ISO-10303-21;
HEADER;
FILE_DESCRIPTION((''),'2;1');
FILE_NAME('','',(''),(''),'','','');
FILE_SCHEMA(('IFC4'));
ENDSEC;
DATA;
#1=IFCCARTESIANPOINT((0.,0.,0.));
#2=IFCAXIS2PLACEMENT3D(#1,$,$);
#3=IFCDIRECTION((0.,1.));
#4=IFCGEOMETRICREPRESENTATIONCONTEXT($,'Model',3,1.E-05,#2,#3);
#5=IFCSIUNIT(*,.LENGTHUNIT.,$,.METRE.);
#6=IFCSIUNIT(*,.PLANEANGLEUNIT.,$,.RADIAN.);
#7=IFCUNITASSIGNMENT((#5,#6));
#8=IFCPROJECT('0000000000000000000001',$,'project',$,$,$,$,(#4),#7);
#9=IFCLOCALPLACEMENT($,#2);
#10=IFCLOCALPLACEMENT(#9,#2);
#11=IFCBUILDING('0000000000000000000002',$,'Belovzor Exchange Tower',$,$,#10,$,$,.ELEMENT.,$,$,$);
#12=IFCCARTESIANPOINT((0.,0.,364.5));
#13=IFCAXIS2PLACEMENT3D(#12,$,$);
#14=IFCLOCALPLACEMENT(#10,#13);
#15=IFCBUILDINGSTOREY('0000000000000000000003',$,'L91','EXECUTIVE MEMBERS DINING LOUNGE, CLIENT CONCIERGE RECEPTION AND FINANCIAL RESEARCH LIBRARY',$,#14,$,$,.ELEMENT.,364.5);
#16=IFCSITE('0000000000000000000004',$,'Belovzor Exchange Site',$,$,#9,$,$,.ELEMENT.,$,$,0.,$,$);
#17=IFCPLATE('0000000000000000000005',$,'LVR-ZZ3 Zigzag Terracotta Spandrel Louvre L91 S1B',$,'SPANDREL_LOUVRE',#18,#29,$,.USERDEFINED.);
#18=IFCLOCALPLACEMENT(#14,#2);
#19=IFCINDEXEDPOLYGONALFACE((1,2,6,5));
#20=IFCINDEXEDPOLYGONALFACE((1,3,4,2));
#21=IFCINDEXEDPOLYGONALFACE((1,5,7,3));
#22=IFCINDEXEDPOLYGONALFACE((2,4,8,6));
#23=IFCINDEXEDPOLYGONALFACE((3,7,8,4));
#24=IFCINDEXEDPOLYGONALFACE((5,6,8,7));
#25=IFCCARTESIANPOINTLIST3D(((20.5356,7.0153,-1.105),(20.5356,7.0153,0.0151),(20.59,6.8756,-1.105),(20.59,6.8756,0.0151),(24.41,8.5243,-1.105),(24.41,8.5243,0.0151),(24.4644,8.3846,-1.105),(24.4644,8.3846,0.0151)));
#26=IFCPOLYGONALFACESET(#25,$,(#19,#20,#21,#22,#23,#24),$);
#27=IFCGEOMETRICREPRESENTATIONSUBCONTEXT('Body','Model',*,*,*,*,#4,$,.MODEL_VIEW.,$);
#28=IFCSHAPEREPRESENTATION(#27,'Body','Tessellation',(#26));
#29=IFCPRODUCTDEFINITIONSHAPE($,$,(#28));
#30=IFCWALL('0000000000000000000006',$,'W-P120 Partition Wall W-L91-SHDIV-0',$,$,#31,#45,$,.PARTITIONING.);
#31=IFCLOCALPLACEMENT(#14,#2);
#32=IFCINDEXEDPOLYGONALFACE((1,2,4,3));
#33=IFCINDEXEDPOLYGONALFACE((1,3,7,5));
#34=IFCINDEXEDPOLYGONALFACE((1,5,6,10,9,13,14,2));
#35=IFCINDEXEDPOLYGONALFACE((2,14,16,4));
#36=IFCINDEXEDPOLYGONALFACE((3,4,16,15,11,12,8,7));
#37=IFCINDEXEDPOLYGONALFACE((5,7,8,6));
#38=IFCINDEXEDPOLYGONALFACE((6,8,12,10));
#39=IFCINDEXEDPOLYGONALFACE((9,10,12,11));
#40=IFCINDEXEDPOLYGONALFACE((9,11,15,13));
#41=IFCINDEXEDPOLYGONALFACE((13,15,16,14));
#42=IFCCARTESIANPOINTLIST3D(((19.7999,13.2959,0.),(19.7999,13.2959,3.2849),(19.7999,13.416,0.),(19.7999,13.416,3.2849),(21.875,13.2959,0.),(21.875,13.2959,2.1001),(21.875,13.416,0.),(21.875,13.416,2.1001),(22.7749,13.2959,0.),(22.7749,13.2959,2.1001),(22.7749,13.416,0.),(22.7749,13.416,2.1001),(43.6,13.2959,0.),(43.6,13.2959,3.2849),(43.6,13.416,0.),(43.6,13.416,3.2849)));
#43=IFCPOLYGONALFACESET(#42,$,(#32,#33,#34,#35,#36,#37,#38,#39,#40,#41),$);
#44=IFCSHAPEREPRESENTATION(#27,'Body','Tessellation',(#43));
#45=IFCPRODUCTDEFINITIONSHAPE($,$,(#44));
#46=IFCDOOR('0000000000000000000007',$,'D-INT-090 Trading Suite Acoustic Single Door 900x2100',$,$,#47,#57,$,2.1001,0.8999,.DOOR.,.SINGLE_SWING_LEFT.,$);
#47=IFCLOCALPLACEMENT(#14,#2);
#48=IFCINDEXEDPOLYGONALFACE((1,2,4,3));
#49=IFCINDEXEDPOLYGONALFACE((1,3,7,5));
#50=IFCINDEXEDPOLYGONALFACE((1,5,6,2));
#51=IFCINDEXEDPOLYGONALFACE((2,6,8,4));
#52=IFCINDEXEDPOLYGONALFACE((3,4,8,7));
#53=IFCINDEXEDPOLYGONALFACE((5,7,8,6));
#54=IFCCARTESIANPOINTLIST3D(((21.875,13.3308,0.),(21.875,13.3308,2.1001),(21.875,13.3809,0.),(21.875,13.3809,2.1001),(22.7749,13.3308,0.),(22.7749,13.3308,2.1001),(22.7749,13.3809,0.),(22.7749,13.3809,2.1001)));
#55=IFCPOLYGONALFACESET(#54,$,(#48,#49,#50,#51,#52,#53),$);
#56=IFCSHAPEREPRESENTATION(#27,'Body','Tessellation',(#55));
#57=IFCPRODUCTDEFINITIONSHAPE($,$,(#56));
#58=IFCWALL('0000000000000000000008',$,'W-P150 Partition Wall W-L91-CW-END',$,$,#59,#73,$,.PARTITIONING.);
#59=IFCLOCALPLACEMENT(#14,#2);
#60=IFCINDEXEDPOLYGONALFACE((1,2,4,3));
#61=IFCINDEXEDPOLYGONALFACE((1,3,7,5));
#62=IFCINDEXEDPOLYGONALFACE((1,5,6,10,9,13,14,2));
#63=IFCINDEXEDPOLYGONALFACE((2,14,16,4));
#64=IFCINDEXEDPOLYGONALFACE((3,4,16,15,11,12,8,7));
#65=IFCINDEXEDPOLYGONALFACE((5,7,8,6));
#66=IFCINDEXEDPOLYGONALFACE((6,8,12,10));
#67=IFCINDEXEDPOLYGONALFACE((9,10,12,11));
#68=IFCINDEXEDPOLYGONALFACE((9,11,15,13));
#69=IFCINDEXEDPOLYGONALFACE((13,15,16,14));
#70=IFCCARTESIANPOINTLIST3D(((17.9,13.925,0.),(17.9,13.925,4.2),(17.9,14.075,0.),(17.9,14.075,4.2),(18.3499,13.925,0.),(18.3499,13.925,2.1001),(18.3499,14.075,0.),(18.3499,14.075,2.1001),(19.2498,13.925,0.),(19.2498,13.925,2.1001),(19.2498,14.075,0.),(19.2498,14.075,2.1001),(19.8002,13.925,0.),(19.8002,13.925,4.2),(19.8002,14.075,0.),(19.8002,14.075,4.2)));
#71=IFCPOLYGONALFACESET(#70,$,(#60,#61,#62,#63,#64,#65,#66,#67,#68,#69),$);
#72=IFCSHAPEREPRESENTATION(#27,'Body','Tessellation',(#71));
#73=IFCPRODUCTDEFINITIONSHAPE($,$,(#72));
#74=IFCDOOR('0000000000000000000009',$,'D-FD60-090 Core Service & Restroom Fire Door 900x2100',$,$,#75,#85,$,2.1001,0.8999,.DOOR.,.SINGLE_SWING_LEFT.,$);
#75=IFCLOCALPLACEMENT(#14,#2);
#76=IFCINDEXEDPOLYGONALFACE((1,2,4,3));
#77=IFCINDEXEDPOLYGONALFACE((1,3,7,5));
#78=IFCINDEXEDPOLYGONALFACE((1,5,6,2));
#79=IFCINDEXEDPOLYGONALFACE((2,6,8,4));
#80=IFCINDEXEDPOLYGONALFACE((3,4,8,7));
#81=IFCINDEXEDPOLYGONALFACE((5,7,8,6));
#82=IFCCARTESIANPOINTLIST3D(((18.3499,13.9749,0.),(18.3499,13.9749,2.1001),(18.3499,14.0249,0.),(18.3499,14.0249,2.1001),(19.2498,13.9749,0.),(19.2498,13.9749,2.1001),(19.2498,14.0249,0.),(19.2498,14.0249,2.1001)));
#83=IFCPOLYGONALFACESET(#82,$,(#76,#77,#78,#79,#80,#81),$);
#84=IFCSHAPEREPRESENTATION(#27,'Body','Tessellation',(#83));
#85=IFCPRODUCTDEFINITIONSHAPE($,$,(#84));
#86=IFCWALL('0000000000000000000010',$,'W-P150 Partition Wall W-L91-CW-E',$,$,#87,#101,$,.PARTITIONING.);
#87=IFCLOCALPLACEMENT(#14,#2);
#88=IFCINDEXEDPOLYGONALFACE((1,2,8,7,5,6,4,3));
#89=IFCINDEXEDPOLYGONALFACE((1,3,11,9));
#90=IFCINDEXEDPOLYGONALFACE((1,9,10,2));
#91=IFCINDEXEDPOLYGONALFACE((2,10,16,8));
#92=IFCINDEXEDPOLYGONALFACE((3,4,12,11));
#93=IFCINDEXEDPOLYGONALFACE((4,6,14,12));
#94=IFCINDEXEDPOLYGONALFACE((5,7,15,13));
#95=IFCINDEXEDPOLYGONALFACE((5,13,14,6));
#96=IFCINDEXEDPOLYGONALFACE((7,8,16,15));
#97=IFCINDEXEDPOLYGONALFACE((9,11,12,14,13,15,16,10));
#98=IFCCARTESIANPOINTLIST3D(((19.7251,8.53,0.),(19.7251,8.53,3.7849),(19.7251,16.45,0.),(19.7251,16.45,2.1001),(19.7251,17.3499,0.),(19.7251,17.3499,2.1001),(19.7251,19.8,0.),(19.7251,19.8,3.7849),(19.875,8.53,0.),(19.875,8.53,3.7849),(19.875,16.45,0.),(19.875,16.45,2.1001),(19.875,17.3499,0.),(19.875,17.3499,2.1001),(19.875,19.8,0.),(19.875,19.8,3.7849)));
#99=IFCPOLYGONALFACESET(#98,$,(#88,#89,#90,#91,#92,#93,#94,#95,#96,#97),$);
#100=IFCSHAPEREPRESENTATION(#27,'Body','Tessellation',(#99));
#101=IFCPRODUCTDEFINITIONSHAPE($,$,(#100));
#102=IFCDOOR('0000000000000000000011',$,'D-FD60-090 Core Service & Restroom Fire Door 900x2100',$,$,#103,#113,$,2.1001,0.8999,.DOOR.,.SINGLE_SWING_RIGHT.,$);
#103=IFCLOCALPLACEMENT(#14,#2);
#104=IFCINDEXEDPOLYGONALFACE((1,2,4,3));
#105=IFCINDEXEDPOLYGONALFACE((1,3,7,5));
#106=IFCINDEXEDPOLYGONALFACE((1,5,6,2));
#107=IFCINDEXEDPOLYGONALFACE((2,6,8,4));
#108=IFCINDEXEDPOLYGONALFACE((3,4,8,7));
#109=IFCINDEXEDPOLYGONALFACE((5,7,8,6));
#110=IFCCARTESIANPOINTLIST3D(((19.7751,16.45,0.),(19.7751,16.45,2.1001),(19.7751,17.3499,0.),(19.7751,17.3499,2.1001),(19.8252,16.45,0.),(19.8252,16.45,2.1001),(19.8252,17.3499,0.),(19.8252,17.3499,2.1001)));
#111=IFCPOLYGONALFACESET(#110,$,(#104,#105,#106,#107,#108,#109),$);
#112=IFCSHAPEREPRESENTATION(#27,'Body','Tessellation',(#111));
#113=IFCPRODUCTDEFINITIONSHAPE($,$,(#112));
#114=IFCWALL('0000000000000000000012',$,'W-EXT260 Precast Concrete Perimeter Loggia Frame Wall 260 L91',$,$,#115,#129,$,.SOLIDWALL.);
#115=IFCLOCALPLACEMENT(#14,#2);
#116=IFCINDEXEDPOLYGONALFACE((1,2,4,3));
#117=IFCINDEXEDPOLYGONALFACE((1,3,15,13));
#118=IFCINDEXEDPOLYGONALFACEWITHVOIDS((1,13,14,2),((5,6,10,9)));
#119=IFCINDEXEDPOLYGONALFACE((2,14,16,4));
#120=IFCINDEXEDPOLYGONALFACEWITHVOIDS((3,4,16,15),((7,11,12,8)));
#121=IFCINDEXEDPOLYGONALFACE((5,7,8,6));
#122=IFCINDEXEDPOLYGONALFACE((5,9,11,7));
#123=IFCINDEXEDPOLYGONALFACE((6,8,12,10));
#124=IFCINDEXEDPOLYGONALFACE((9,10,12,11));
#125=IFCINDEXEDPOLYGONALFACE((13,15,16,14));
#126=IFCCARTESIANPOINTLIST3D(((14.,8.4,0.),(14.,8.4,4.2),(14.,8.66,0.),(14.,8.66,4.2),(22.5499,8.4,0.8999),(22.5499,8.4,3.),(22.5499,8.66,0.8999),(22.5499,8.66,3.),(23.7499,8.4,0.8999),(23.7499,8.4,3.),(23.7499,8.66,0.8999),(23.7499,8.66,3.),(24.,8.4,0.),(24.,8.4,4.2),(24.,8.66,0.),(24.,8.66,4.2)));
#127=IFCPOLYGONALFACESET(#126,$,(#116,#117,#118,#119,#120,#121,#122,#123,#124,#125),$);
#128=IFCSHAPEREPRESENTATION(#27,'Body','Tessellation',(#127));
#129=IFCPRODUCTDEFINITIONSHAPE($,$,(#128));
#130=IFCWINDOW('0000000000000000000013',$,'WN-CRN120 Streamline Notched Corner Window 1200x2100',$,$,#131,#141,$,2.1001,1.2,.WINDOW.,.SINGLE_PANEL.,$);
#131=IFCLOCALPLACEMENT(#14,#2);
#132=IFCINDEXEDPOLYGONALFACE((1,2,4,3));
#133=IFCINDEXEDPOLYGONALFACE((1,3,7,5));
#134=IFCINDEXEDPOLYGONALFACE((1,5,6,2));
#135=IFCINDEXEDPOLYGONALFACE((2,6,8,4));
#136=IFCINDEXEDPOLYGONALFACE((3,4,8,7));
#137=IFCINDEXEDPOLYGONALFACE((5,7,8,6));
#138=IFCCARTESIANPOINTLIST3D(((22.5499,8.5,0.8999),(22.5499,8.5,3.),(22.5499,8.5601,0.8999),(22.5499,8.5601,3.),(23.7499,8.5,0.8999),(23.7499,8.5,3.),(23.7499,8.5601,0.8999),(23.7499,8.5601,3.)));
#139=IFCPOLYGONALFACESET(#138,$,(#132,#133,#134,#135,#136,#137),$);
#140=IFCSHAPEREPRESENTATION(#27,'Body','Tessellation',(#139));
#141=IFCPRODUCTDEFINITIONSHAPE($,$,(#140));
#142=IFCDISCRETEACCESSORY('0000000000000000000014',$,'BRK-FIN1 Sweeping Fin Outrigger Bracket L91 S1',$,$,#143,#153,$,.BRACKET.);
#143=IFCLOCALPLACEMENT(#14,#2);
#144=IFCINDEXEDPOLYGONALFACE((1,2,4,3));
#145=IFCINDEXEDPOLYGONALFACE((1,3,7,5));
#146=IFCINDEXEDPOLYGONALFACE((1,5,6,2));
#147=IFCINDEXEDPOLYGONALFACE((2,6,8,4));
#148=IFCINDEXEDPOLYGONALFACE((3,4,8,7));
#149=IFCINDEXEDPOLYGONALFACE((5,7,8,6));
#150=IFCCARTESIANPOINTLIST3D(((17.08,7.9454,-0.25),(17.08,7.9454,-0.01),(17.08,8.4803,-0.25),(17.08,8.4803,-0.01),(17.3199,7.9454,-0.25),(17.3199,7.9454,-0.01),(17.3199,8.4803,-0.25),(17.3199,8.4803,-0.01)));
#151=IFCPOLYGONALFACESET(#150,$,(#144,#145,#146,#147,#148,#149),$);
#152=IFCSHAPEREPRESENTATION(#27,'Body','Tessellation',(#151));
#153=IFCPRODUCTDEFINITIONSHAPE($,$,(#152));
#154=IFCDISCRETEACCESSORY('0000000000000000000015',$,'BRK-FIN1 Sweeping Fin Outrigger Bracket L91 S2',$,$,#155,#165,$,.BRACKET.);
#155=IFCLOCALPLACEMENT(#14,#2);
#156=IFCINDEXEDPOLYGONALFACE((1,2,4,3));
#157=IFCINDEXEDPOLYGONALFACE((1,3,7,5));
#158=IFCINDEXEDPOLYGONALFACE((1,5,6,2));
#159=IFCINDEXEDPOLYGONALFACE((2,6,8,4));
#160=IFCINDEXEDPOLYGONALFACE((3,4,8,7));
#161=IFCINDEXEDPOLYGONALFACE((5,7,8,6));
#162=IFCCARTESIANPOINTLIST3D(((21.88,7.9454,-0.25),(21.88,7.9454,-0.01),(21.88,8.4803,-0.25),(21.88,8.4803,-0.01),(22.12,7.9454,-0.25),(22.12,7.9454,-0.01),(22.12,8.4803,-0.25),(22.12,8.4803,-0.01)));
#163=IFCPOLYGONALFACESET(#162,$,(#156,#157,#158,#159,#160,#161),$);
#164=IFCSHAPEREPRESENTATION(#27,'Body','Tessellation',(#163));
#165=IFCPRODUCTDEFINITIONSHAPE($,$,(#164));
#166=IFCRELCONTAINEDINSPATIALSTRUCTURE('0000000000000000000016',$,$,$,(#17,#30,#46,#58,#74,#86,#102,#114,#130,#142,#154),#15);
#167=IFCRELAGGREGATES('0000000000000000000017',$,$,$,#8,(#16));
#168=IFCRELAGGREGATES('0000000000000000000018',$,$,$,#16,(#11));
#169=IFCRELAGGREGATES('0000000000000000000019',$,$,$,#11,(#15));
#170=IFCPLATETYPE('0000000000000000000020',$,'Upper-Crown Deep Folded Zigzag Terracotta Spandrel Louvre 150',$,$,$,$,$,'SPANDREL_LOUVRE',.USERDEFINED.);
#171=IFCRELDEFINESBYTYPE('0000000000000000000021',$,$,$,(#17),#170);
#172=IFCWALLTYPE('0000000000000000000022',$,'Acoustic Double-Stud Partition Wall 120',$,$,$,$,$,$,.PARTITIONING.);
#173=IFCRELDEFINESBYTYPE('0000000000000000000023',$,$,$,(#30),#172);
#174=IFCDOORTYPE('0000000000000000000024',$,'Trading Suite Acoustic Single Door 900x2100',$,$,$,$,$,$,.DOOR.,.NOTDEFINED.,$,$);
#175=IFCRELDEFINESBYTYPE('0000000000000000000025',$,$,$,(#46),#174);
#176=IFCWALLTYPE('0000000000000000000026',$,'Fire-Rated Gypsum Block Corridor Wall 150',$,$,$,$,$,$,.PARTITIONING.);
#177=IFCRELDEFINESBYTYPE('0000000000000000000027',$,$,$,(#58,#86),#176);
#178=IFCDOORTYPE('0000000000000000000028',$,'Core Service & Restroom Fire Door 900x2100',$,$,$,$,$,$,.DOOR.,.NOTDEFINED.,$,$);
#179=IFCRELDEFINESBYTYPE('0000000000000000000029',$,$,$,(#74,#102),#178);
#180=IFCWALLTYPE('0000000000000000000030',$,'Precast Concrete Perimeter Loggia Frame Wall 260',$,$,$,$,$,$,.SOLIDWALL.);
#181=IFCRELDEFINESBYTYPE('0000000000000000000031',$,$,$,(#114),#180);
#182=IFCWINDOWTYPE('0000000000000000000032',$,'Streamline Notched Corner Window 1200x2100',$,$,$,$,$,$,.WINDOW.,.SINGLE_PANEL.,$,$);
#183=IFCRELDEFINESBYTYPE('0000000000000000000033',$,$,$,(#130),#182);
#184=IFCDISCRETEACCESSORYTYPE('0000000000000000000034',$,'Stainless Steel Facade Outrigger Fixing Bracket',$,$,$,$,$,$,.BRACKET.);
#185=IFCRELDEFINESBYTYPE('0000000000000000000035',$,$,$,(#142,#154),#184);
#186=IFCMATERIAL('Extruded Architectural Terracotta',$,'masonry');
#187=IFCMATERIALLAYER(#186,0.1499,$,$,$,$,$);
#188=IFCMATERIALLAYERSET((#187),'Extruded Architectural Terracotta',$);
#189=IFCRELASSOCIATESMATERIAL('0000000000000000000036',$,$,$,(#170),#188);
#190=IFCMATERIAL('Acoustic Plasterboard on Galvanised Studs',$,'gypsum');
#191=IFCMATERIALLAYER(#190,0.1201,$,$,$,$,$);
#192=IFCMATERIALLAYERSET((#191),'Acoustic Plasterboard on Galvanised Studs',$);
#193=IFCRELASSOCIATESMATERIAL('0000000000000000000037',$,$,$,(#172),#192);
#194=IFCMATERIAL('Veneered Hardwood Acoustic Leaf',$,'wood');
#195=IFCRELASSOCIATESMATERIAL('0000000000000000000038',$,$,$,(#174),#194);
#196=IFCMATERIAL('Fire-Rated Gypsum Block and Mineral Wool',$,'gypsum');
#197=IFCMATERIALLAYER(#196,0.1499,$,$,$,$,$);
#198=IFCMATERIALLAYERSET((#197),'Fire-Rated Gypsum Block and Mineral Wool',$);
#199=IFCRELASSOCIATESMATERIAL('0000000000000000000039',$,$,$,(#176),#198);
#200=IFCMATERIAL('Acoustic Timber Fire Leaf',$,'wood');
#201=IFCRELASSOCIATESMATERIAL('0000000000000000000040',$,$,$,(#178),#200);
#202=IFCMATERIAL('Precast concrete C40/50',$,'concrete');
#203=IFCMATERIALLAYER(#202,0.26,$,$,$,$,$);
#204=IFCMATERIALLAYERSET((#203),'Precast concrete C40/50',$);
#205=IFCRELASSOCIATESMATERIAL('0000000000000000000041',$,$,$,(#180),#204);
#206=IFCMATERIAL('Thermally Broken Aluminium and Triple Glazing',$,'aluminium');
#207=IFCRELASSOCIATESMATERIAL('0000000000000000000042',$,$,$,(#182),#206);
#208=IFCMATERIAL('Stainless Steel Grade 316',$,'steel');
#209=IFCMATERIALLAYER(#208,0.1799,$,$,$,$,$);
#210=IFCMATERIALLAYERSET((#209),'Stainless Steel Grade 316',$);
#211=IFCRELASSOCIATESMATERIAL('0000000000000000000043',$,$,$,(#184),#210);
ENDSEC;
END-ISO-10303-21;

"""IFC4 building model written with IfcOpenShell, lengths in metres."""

from ifc_helpers import new_model, si_unit, direction, frame, frame_2d, origin, origin_2d, place, context, subcontext, project, spatial, rectangle, extrude, material, layer, layer_set, type_object, element, fill, save


model = new_model("IFC4")

# Units and contexts
model_context = context("Model", 3, precision=1e-05, world=origin(), true_north=direction((0.0, 1.0)))
body_context = subcontext(model_context, "Body", "Model", "MODEL_VIEW")
ifc_project = project(units=[si_unit("LENGTHUNIT", "METRE"), si_unit("PLANEANGLEUNIT", "RADIAN")], contexts=[model_context])

# Site, building, storey
site_placement = place(None, origin())
site = spatial("IfcSite", under=ifc_project, at=site_placement, Name="Belovzor Exchange Site", CompositionType="ELEMENT", RefElevation=0.0)
building_placement = place(site_placement, origin())
building = spatial("IfcBuilding", under=site, at=building_placement, Name="Belovzor Exchange Tower", CompositionType="ELEMENT")
storey_placement = place(building_placement, frame((0.0, 0.0, 364.5)))
storey = spatial("IfcBuildingStorey", under=building, at=storey_placement, Name="L91", Description="EXECUTIVE MEMBERS DINING LOUNGE, CLIENT CONCIERGE RECEPTION AND FINANCIAL RESEARCH LIBRARY", CompositionType="ELEMENT", Elevation=364.5)

# Plate
ifc_material_1 = material(Name="Extruded Architectural Terracotta", Category="masonry")
ifc_layer_1 = layer(ifc_material_1, 0.1499)
ifc_layer_set_1 = layer_set([ifc_layer_1], Name="Extruded Architectural Terracotta")
plate_type_1 = type_object("IfcPlateType", Name="Upper-Crown Deep Folded Zigzag Terracotta Spandrel Louvre 150", ElementType="SPANDREL_LOUVRE", PredefinedType="USERDEFINED", material=ifc_layer_set_1)
for number, where, z_axis, x_axis, name in (
    (1, (22.5, 7.7, -1.105), (0.0, 0.0, 1.0), (0.931818, 0.362926, 0.0), "LVR-ZZ3 Zigzag Terracotta Spandrel Louvre L91 S1B"),
):
    element("IfcPlate", number, at=place(storey_placement, frame(where, z_axis=z_axis, x_axis=x_axis)), inside=storey, type_object=plate_type_1, Name=name, ObjectType="SPANDREL_LOUVRE", PredefinedType="USERDEFINED", context=body_context, shape_type="SweptSolid", body=[
        extrude(rectangle(XDim=4.158, YDim=0.1499, at=origin_2d()), origin(), (0.0, 0.0, 1.0), 1.1201),
    ])

# Walls, openings, doors
ifc_material_2 = material(Name="Acoustic Plasterboard on Galvanised Studs", Category="gypsum")
ifc_layer_2 = layer(ifc_material_2, 0.1201)
ifc_layer_set_2 = layer_set([ifc_layer_2], Name="Acoustic Plasterboard on Galvanised Studs")
wall_type_1 = type_object("IfcWallType", Name="Acoustic Double-Stud Partition Wall 120", PredefinedType="PARTITIONING", material=ifc_layer_set_2)
wall_1_placement = place(storey_placement, frame((19.8, 13.356, 0.0), z_axis=(0.0, 0.0, 1.0), x_axis=(1.0, 0.0, 0.0)))
wall_1 = element("IfcWall", 2, at=wall_1_placement, inside=storey, type_object=wall_type_1, Name="W-P120 Partition Wall W-L91-SHDIV-0", PredefinedType="PARTITIONING", context=body_context, shape_type="SweptSolid", body=[
    extrude(rectangle(XDim=23.8, YDim=0.1201, at=frame_2d((11.8999, 0.0))), origin(), (0.0, 0.0, 1.0), 3.2849),
])
opening_1_placement = place(wall_1_placement, frame((2.075, 0.0, 0.0)))
opening_1 = element("IfcOpeningElement", 3, at=opening_1_placement, cuts=wall_1, PredefinedType="OPENING", context=body_context, shape_type="SweptSolid", body=[
    extrude(rectangle(XDim=0.8999, YDim=2.1001, at=frame_2d((0.45, 1.05))), frame((0.0, 0.0701, 0.0), z_axis=(0.0, -1.0, 0.0), x_axis=(1.0, 0.0, 0.0)), (0.0, 0.0, 1.0), 0.1401),
])
ifc_material_3 = material(Name="Veneered Hardwood Acoustic Leaf", Category="wood")
door_type_1 = type_object("IfcDoorType", Name="Trading Suite Acoustic Single Door 900x2100", OperationType="NOTDEFINED", PredefinedType="DOOR", material=ifc_material_3)
door_1_placement = place(opening_1_placement, origin())
door_1 = element("IfcDoor", 4, at=door_1_placement, inside=storey, type_object=door_type_1, Name="D-INT-090 Trading Suite Acoustic Single Door 900x2100", OperationType="SINGLE_SWING_LEFT", OverallHeight=2.1001, OverallWidth=0.8999, PredefinedType="DOOR", context=body_context, shape_type="SweptSolid", body=[
    extrude(rectangle(XDim=0.8999, YDim=2.1001, at=frame_2d((0.45, 1.05))), frame((0.0, 0.0249, 0.0), z_axis=(0.0, -1.0, 0.0), x_axis=(1.0, 0.0, 0.0)), (0.0, 0.0, 1.0), 0.05),
])
fill(opening_1, door_1)
ifc_material_4 = material(Name="Fire-Rated Gypsum Block and Mineral Wool", Category="gypsum")
ifc_layer_3 = layer(ifc_material_4, 0.1499)
ifc_layer_set_3 = layer_set([ifc_layer_3], Name="Fire-Rated Gypsum Block and Mineral Wool")
wall_type_2 = type_object("IfcWallType", Name="Fire-Rated Gypsum Block Corridor Wall 150", PredefinedType="PARTITIONING", material=ifc_layer_set_3)
wall_2_placement = place(storey_placement, frame((17.8999, 14.0, 0.0), z_axis=(0.0, 0.0, 1.0), x_axis=(1.0, 0.0, 0.0)))
wall_2 = element("IfcWall", 5, at=wall_2_placement, inside=storey, type_object=wall_type_2, Name="W-P150 Partition Wall W-L91-CW-END", PredefinedType="PARTITIONING", context=body_context, shape_type="SweptSolid", body=[
    extrude(rectangle(XDim=1.9001, YDim=0.1499, at=frame_2d((0.9502, 0.0))), origin(), (0.0, 0.0, 1.0), 4.2),
])
opening_2_placement = place(wall_2_placement, frame((0.45, 0.0, 0.0)))
opening_2 = element("IfcOpeningElement", 6, at=opening_2_placement, cuts=wall_2, PredefinedType="OPENING", context=body_context, shape_type="SweptSolid", body=[
    extrude(rectangle(XDim=0.8999, YDim=2.1001, at=frame_2d((0.45, 1.05))), frame((0.0, 0.085, 0.0), z_axis=(0.0, -1.0, 0.0), x_axis=(1.0, 0.0, 0.0)), (0.0, 0.0, 1.0), 0.1699),
])
ifc_material_5 = material(Name="Acoustic Timber Fire Leaf", Category="wood")
door_type_2 = type_object("IfcDoorType", Name="Core Service & Restroom Fire Door 900x2100", OperationType="NOTDEFINED", PredefinedType="DOOR", material=ifc_material_5)
door_2_placement = place(opening_2_placement, origin())
door_2 = element("IfcDoor", 7, at=door_2_placement, inside=storey, type_object=door_type_2, Name="D-FD60-090 Core Service & Restroom Fire Door 900x2100", OperationType="SINGLE_SWING_LEFT", OverallHeight=2.1001, OverallWidth=0.8999, PredefinedType="DOOR", context=body_context, shape_type="SweptSolid", body=[
    extrude(rectangle(XDim=0.8999, YDim=2.1001, at=frame_2d((0.45, 1.05))), frame((0.0, 0.0249, 0.0), z_axis=(0.0, -1.0, 0.0), x_axis=(1.0, 0.0, 0.0)), (0.0, 0.0, 1.0), 0.05),
])
fill(opening_2, door_2)
wall_3_placement = place(storey_placement, frame((19.8, 8.53, 0.0), z_axis=(0.0, 0.0, 1.0), x_axis=(0.0, 1.0, 0.0)))
wall_3 = element("IfcWall", 8, at=wall_3_placement, inside=storey, type_object=wall_type_2, Name="W-P150 Partition Wall W-L91-CW-E", PredefinedType="PARTITIONING", context=body_context, shape_type="SweptSolid", body=[
    extrude(rectangle(XDim=11.27, YDim=0.1499, at=frame_2d((5.635, 0.0))), origin(), (0.0, 0.0, 1.0), 3.7849),
])
opening_3_placement = place(wall_3_placement, frame((7.9199, 0.0, 0.0)))
opening_3 = element("IfcOpeningElement", 9, at=opening_3_placement, cuts=wall_3, PredefinedType="OPENING", context=body_context, shape_type="SweptSolid", body=[
    extrude(rectangle(XDim=0.8999, YDim=2.1001, at=frame_2d((0.45, 1.05))), frame((0.0, 0.085, 0.0), z_axis=(0.0, -1.0, 0.0), x_axis=(1.0, 0.0, 0.0)), (0.0, 0.0, 1.0), 0.1699),
])
door_3_placement = place(opening_3_placement, origin())
door_3 = element("IfcDoor", 10, at=door_3_placement, inside=storey, type_object=door_type_2, Name="D-FD60-090 Core Service & Restroom Fire Door 900x2100", OperationType="SINGLE_SWING_RIGHT", OverallHeight=2.1001, OverallWidth=0.8999, PredefinedType="DOOR", context=body_context, shape_type="SweptSolid", body=[
    extrude(rectangle(XDim=0.8999, YDim=2.1001, at=frame_2d((0.45, 1.05))), frame((0.0, 0.0249, 0.0), z_axis=(0.0, -1.0, 0.0), x_axis=(1.0, 0.0, 0.0)), (0.0, 0.0, 1.0), 0.05),
])
fill(opening_3, door_3)

# Wall, opening, window
ifc_material_6 = material(Name="Precast concrete C40/50", Category="concrete")
ifc_layer_4 = layer(ifc_material_6, 0.26)
ifc_layer_set_4 = layer_set([ifc_layer_4], Name="Precast concrete C40/50")
wall_type_3 = type_object("IfcWallType", Name="Precast Concrete Perimeter Loggia Frame Wall 260", PredefinedType="SOLIDWALL", material=ifc_layer_set_4)
wall_4_placement = place(storey_placement, frame((24.0, 8.53, 0.0), z_axis=(0.0, 0.0, 1.0), x_axis=(-1.0, 0.0, 0.0)))
wall_4 = element("IfcWall", 11, at=wall_4_placement, inside=storey, type_object=wall_type_3, Name="W-EXT260 Precast Concrete Perimeter Loggia Frame Wall 260 L91", PredefinedType="SOLIDWALL", context=body_context, shape_type="SweptSolid", body=[
    extrude(rectangle(XDim=10.0, YDim=0.26, at=frame_2d((5.0, 0.0))), origin(), (0.0, 0.0, 1.0), 4.2),
])
opening_4_placement = place(wall_4_placement, frame((0.25, 0.0, 0.8999)))
opening_4 = element("IfcOpeningElement", 12, at=opening_4_placement, cuts=wall_4, PredefinedType="OPENING", context=body_context, shape_type="SweptSolid", body=[
    extrude(rectangle(XDim=1.2, YDim=2.1001, at=frame_2d((0.6001, 1.05))), frame((0.0, 0.1399, 0.0), z_axis=(0.0, -1.0, 0.0), x_axis=(1.0, 0.0, 0.0)), (0.0, 0.0, 1.0), 0.28),
])
ifc_material_7 = material(Name="Thermally Broken Aluminium and Triple Glazing", Category="aluminium")
window_type = type_object("IfcWindowType", Name="Streamline Notched Corner Window 1200x2100", PartitioningType="SINGLE_PANEL", PredefinedType="WINDOW", material=ifc_material_7)
window_placement = place(opening_4_placement, origin())
window = element("IfcWindow", 13, at=window_placement, inside=storey, type_object=window_type, Name="WN-CRN120 Streamline Notched Corner Window 1200x2100", OverallHeight=2.1001, OverallWidth=1.2, PartitioningType="SINGLE_PANEL", PredefinedType="WINDOW", context=body_context, shape_type="SweptSolid", body=[
    extrude(rectangle(XDim=1.2, YDim=2.1001, at=frame_2d((0.6001, 1.05))), frame((0.0, 0.03, 0.0), z_axis=(0.0, -1.0, 0.0), x_axis=(1.0, 0.0, 0.0)), (0.0, 0.0, 1.0), 0.0601),
])
fill(opening_4, window)

# Discrete accessories
ifc_material_8 = material(Name="Stainless Steel Grade 316", Category="steel")
ifc_layer_5 = layer(ifc_material_8, 0.1799)
ifc_layer_set_5 = layer_set([ifc_layer_5], Name="Stainless Steel Grade 316")
discrete_accessory_type = type_object("IfcDiscreteAccessoryType", Name="Stainless Steel Facade Outrigger Fixing Bracket", PredefinedType="BRACKET", material=ifc_layer_set_5)
for number, where, z_axis, x_axis, name in (
    (14, (17.2, 8.2129, -0.25), (0.0, 0.0, 1.0), (0.0, 1.0, 0.0), "BRK-FIN1 Sweeping Fin Outrigger Bracket L91 S1"),
    (15, (22.0, 8.2129, -0.25), (0.0, 0.0, 1.0), (0.0, 1.0, 0.0), "BRK-FIN1 Sweeping Fin Outrigger Bracket L91 S2"),
):
    element("IfcDiscreteAccessory", number, at=place(storey_placement, frame(where, z_axis=z_axis, x_axis=x_axis)), inside=storey, type_object=discrete_accessory_type, Name=name, PredefinedType="BRACKET", context=body_context, shape_type="SweptSolid", body=[
        extrude(rectangle(XDim=0.5349, YDim=0.24, at=origin_2d()), origin(), (0.0, 0.0, 1.0), 0.24),
    ])

save(model, "model.ifc")
